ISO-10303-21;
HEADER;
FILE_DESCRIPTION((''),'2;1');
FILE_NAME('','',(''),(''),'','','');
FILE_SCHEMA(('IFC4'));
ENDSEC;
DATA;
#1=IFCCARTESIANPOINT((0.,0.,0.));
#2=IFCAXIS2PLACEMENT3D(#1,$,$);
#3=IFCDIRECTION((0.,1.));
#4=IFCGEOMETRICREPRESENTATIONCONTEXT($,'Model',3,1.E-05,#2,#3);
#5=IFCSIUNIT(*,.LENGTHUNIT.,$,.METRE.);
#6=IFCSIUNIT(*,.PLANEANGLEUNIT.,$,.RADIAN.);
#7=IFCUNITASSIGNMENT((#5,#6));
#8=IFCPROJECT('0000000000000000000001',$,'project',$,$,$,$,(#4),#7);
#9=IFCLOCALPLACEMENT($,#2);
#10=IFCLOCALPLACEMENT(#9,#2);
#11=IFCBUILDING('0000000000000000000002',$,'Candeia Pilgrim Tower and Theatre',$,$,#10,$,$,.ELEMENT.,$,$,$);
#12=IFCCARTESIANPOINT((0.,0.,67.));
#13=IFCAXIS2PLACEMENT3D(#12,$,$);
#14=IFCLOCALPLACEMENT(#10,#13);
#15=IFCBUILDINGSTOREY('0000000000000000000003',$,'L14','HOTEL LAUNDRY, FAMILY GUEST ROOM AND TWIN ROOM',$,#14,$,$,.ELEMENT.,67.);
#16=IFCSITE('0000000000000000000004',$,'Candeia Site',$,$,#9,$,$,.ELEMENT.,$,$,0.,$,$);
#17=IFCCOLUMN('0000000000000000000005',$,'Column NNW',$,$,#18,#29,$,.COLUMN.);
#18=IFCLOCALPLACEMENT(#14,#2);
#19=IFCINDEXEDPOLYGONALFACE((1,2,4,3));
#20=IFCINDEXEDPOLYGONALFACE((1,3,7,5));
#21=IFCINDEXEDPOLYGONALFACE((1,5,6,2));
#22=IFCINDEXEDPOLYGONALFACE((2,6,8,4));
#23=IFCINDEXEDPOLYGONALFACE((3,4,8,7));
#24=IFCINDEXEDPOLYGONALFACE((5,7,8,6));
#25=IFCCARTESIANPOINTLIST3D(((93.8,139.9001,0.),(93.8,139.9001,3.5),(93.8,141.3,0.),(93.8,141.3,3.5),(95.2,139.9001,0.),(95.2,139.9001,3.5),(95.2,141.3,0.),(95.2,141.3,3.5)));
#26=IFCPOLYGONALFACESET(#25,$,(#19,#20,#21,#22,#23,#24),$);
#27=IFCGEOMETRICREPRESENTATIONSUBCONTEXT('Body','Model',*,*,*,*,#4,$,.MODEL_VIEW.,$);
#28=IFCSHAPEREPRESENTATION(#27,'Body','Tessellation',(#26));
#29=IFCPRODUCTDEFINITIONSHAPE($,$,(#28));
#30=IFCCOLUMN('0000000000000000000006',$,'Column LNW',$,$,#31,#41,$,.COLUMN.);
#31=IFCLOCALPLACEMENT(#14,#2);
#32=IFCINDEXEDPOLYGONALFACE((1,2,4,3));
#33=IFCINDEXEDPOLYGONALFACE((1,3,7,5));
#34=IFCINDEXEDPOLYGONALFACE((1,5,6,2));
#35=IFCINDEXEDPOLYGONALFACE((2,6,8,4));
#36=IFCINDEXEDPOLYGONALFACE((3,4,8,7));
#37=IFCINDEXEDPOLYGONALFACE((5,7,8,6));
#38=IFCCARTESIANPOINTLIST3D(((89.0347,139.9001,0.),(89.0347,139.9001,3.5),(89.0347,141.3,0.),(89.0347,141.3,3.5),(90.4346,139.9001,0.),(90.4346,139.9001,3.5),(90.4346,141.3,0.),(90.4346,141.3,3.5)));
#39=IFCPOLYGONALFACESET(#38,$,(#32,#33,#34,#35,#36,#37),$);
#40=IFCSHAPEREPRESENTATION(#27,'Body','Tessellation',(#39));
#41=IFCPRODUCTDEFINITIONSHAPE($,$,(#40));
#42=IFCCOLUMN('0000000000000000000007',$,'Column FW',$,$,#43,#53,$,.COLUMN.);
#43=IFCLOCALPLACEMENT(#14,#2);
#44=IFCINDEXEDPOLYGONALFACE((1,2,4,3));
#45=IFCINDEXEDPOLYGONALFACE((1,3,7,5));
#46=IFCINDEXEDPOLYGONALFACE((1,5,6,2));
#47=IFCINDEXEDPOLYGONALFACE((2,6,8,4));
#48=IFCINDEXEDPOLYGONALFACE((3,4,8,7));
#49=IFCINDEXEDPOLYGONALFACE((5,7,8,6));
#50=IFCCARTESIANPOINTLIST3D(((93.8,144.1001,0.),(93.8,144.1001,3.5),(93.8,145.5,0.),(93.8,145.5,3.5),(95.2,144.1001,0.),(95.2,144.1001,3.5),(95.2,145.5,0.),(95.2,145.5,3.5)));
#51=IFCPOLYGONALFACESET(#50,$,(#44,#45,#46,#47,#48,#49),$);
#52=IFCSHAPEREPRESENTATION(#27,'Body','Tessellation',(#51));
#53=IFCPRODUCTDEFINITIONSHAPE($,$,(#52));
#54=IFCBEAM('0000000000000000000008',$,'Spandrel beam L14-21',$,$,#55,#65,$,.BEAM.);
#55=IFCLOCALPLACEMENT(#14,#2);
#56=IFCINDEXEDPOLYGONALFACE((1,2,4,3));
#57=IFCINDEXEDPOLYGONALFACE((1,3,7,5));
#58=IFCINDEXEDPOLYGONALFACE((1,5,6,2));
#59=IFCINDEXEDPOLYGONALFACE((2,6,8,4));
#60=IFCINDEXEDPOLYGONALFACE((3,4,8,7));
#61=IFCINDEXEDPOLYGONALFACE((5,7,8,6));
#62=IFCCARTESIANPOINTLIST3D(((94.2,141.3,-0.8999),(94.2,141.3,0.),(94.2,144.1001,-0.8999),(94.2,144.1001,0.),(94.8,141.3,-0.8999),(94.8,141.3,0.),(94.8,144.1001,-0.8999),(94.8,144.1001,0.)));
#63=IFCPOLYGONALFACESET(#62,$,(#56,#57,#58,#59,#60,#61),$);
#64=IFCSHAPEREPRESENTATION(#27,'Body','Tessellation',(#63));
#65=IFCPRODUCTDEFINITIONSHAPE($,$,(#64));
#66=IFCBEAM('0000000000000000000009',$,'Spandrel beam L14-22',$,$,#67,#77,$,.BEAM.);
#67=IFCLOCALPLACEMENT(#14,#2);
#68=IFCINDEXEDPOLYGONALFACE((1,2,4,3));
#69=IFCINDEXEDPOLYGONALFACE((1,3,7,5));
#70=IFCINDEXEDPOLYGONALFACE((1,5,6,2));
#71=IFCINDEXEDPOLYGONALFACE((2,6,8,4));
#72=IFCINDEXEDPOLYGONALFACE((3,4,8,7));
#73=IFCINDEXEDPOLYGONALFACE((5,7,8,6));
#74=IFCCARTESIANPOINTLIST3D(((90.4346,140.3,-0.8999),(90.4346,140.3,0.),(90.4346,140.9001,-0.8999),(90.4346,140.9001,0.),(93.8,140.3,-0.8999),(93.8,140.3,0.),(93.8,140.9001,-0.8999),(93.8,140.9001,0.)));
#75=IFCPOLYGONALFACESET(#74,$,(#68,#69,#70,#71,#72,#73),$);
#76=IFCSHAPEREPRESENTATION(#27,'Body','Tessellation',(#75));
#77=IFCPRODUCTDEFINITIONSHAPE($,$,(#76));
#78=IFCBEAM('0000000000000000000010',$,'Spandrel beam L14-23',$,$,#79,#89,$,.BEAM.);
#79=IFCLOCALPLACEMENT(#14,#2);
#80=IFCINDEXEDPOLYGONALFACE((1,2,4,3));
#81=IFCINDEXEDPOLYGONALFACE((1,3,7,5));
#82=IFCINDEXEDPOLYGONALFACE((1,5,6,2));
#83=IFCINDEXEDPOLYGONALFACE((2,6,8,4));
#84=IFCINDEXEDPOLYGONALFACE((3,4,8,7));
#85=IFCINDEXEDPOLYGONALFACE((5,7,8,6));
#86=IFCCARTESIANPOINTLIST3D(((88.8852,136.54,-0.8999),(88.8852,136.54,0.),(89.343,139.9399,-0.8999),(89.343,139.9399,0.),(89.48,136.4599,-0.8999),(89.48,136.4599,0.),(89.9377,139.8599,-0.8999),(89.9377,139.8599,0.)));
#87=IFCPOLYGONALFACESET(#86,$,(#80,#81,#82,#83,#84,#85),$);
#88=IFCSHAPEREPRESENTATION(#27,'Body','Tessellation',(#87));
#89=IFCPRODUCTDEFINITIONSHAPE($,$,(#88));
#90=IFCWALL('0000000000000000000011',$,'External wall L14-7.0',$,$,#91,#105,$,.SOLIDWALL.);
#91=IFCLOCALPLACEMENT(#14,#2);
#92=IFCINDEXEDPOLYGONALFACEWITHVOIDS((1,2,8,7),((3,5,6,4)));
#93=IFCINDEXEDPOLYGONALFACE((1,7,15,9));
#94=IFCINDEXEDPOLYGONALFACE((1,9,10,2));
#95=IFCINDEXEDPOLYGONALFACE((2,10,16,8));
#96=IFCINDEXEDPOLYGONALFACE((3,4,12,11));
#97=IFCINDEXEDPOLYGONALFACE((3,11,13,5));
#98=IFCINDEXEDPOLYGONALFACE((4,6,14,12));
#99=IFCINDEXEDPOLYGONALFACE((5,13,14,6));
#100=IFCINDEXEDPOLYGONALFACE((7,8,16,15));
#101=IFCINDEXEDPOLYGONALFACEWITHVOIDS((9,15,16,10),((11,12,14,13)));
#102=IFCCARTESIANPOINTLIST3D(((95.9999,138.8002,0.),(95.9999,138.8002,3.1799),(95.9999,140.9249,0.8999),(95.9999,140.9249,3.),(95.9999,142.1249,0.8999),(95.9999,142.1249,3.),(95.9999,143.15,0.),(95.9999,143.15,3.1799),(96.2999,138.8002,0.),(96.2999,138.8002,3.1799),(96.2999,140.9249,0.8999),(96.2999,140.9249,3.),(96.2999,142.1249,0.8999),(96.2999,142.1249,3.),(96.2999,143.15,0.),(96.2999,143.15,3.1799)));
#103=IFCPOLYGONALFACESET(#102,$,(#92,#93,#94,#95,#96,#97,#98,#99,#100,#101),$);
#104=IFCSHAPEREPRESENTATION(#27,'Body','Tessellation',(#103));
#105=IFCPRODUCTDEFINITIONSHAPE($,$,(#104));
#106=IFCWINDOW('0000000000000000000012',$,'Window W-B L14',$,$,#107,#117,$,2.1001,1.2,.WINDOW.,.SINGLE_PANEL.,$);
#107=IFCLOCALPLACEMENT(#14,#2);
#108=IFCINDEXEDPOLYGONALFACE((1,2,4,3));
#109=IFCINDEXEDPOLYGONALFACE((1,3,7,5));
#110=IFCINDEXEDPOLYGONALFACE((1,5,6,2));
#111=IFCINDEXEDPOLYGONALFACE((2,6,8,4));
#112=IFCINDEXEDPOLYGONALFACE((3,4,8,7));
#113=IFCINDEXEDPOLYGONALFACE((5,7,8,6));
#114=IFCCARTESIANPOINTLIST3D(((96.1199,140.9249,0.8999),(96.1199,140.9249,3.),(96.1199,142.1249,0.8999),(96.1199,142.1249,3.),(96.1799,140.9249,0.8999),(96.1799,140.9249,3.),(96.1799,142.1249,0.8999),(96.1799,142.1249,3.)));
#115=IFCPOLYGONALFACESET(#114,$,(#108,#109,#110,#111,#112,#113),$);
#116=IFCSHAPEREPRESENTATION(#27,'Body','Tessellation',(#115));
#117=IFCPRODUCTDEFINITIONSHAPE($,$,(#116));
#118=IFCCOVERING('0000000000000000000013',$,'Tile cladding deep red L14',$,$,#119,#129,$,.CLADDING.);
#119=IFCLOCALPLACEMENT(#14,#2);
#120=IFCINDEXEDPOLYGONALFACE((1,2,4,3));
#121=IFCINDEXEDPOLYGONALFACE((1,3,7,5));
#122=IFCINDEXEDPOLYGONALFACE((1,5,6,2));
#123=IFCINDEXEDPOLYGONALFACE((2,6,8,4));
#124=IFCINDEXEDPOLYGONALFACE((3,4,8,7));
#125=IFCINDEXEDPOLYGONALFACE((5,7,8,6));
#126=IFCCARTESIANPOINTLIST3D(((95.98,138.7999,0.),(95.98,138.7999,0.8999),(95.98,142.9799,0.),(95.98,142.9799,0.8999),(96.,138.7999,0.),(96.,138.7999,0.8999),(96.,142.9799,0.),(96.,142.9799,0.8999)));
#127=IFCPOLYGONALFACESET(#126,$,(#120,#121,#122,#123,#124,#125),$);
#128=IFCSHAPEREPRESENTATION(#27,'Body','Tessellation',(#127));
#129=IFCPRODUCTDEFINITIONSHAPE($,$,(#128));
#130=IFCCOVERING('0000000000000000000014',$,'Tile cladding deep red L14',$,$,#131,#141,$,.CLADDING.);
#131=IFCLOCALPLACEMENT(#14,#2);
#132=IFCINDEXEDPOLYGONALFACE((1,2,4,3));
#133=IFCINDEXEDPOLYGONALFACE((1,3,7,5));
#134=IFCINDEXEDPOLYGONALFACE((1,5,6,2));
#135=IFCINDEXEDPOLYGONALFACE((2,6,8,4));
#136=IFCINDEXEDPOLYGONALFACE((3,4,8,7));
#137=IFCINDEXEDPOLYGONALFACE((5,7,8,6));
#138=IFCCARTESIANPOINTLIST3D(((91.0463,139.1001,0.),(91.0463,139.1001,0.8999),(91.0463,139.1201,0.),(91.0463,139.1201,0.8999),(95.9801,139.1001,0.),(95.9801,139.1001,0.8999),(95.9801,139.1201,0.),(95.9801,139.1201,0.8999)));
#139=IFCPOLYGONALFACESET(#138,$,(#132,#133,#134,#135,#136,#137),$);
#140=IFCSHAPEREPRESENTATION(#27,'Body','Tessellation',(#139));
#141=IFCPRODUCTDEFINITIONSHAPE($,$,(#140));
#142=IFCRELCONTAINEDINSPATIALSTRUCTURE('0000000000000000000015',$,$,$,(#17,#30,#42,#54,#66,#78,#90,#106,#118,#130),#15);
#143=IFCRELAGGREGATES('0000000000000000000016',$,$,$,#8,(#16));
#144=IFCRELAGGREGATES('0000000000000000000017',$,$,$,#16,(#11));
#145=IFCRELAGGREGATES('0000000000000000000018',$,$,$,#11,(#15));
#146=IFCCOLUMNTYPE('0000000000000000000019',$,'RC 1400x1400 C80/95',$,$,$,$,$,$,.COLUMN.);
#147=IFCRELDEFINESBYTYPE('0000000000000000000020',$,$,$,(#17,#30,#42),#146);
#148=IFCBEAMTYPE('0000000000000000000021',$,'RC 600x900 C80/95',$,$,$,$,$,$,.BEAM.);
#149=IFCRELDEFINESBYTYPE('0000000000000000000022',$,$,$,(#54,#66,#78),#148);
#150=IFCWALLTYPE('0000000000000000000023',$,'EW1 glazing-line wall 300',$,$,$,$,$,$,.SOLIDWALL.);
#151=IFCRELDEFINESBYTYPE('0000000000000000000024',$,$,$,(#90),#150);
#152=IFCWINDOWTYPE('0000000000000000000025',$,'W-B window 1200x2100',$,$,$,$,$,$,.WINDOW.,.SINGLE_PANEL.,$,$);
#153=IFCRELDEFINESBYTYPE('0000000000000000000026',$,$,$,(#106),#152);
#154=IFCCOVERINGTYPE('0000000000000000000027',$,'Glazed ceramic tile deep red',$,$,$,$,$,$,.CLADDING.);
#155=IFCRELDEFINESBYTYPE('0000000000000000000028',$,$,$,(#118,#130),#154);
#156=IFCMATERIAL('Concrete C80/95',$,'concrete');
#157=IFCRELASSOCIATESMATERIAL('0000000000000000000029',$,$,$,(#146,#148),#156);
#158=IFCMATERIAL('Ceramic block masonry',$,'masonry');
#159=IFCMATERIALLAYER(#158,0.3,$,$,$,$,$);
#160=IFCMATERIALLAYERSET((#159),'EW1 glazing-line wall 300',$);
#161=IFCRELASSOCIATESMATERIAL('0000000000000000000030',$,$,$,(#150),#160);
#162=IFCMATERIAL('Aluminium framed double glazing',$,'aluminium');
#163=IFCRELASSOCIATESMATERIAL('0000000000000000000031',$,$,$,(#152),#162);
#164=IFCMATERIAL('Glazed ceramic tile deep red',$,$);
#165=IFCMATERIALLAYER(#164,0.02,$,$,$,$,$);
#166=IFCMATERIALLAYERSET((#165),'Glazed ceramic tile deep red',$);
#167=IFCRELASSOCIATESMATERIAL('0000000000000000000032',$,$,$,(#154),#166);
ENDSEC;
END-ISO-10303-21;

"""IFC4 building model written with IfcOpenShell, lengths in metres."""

from ifc_helpers import new_model, si_unit, direction, frame, frame_2d, origin, origin_2d, place, context, subcontext, project, spatial, rectangle, extrude, material, layer, layer_set, material_profile, profile_set, type_object, element, fill, save


model = new_model("IFC4")

# Units and contexts
model_context = context("Model", 3, precision=1e-05, world=origin(), true_north=direction((0.0, 1.0)))
body_context = subcontext(model_context, "Body", "Model", "MODEL_VIEW")
ifc_project = project(units=[si_unit("LENGTHUNIT", "METRE"), si_unit("PLANEANGLEUNIT", "RADIAN")], contexts=[model_context])

# Site, building, storey
site_placement = place(None, origin())
site = spatial("IfcSite", under=ifc_project, at=site_placement, Name="Candeia Site", CompositionType="ELEMENT", RefElevation=0.0)
building_placement = place(site_placement, origin())
building = spatial("IfcBuilding", under=site, at=building_placement, Name="Candeia Pilgrim Tower and Theatre", CompositionType="ELEMENT")
storey_placement = place(building_placement, frame((0.0, 0.0, 67.0)))
storey = spatial("IfcBuildingStorey", under=building, at=storey_placement, Name="L14", Description="HOTEL LAUNDRY, FAMILY GUEST ROOM AND TWIN ROOM", CompositionType="ELEMENT", Elevation=67.0)

# Columns
ifc_material_1 = material(Name="Concrete C80/95", Category="concrete")
ifc_material_profile_1 = material_profile(ifc_material_1, rectangle(XDim=1.3999, YDim=1.3999, at=origin_2d()))
ifc_profile_set_1 = profile_set([ifc_material_profile_1], Name="Concrete C80/95")
column_type = type_object("IfcColumnType", Name="RC 1400x1400 C80/95", PredefinedType="COLUMN", material=ifc_profile_set_1)
for number, where, z_axis, x_axis, name in (
    (1, (94.5, 140.6001, 0.0), (0.0, 0.0, 1.0), (1.0, 0.0, 0.0), "Column NNW"),
    (2, (89.7346, 140.6001, 0.0), (0.0, 0.0, 1.0), (1.0, 0.0, 0.0), "Column LNW"),
    (3, (94.5, 144.8, 0.0), (0.0, 0.0, 1.0), (1.0, 0.0, 0.0), "Column FW"),
):
    element("IfcColumn", number, at=place(storey_placement, frame(where, z_axis=z_axis, x_axis=x_axis)), inside=storey, type_object=column_type, Name=name, PredefinedType="COLUMN", context=body_context, shape_type="SweptSolid", body=[
        extrude(rectangle(XDim=1.3999, YDim=1.3999, at=origin_2d()), origin(), (0.0, 0.0, 1.0), 3.5),
    ])

# Beams
ifc_material_profile_2 = material_profile(ifc_material_1, rectangle(XDim=0.6001, YDim=0.8999, at=origin_2d()))
ifc_profile_set_2 = profile_set([ifc_material_profile_2], Name="Concrete C80/95")
beam_type = type_object("IfcBeamType", Name="RC 600x900 C80/95", PredefinedType="BEAM", material=ifc_profile_set_2)
beam_1_placement = place(storey_placement, frame((94.5, 144.1001, -0.45), z_axis=(0.0, -1.0, 0.0), x_axis=(1.0, 0.0, 0.0)))
element("IfcBeam", 4, at=beam_1_placement, inside=storey, type_object=beam_type, Name="Spandrel beam L14-21", PredefinedType="BEAM", context=body_context, shape_type="SweptSolid", body=[
    extrude(rectangle(XDim=0.6001, YDim=0.8999, at=origin_2d()), origin(), (0.0, 0.0, 1.0), 2.8),
])
beam_2_placement = place(storey_placement, frame((93.8, 140.6001, -0.45), z_axis=(-1.0, 0.0, 0.0), x_axis=(0.0, -1.0, 0.0)))
element("IfcBeam", 5, at=beam_2_placement, inside=storey, type_object=beam_type, Name="Spandrel beam L14-22", PredefinedType="BEAM", context=body_context, shape_type="SweptSolid", body=[
    extrude(rectangle(XDim=0.6001, YDim=0.8999, at=origin_2d()), origin(), (0.0, 0.0, 1.0), 3.3655),
])
beam_3_placement = place(storey_placement, frame((89.6404, 139.8999, -0.45), z_axis=(-0.133436, -0.991057, 0.0), x_axis=(0.991057, -0.133436, 0.0)))
element("IfcBeam", 6, at=beam_3_placement, inside=storey, type_object=beam_type, Name="Spandrel beam L14-23", PredefinedType="BEAM", context=body_context, shape_type="SweptSolid", body=[
    extrude(rectangle(XDim=0.6001, YDim=0.8999, at=origin_2d()), origin(), (0.0, 0.0, 1.0), 3.4307),
])

# Wall, opening, window
ifc_material_2 = material(Name="Ceramic block masonry", Category="masonry")
ifc_layer_1 = layer(ifc_material_2, 0.3)
ifc_layer_set_1 = layer_set([ifc_layer_1], Name="EW1 glazing-line wall 300")
wall_type = type_object("IfcWallType", Name="EW1 glazing-line wall 300", PredefinedType="SOLIDWALL", material=ifc_layer_set_1)
wall_placement = place(storey_placement, frame((96.1499, 143.1499, 0.0), z_axis=(0.0, 0.0, 1.0), x_axis=(0.0, -1.0, 0.0)))
wall = element("IfcWall", 7, at=wall_placement, inside=storey, type_object=wall_type, Name="External wall L14-7.0", PredefinedType="SOLIDWALL", context=body_context, shape_type="SweptSolid", body=[
    extrude(rectangle(XDim=4.3499, YDim=0.3, at=frame_2d((2.1748, 0.0))), origin(), (0.0, 0.0, 1.0), 3.1799),
])
opening_placement = place(wall_placement, frame((1.0249, 0.0, 0.8999)))
opening = element("IfcOpeningElement", 8, at=opening_placement, cuts=wall, PredefinedType="OPENING", context=body_context, shape_type="SweptSolid", body=[
    extrude(rectangle(XDim=1.2, YDim=2.1001, at=frame_2d((0.6001, 1.05))), frame((0.0, 0.1602, 0.0), z_axis=(0.0, -1.0, 0.0), x_axis=(1.0, 0.0, 0.0)), (0.0, 0.0, 1.0), 0.3201),
])
ifc_material_3 = material(Name="Aluminium framed double glazing", Category="aluminium")
window_type = type_object("IfcWindowType", Name="W-B window 1200x2100", PartitioningType="SINGLE_PANEL", PredefinedType="WINDOW", material=ifc_material_3)
window_placement = place(opening_placement, origin())
window = element("IfcWindow", 9, at=window_placement, inside=storey, type_object=window_type, Name="Window W-B L14", OverallHeight=2.1001, OverallWidth=1.2, PartitioningType="SINGLE_PANEL", PredefinedType="WINDOW", context=body_context, shape_type="SweptSolid", body=[
    extrude(rectangle(XDim=1.2, YDim=2.1001, at=frame_2d((0.6001, 1.05))), frame((0.0, 0.03, 0.0), z_axis=(0.0, -1.0, 0.0), x_axis=(1.0, 0.0, 0.0)), (0.0, 0.0, 1.0), 0.0601),
])
fill(opening, window)

# Coverings
ifc_material_4 = material(Name="Glazed ceramic tile deep red")
ifc_layer_2 = layer(ifc_material_4, 0.02)
ifc_layer_set_2 = layer_set([ifc_layer_2], Name="Glazed ceramic tile deep red")
covering_type = type_object("IfcCoveringType", Name="Glazed ceramic tile deep red", PredefinedType="CLADDING", material=ifc_layer_set_2)
covering_1_placement = place(storey_placement, frame((95.99, 140.8899, 0.0), z_axis=(0.0, 0.0, 1.0), x_axis=(0.0, -1.0, 0.0)))
element("IfcCovering", 10, at=covering_1_placement, inside=storey, type_object=covering_type, Name="Tile cladding deep red L14", PredefinedType="CLADDING", context=body_context, shape_type="SweptSolid", body=[
    extrude(rectangle(XDim=4.1799, YDim=0.02, at=origin_2d()), origin(), (0.0, 0.0, 1.0), 0.8999),
])
covering_2_placement = place(storey_placement, frame((93.5132, 139.1101, 0.0), z_axis=(0.0, 0.0, 1.0), x_axis=(-1.0, 0.0, 0.0)))
element("IfcCovering", 11, at=covering_2_placement, inside=storey, type_object=covering_type, Name="Tile cladding deep red L14", PredefinedType="CLADDING", context=body_context, shape_type="SweptSolid", body=[
    extrude(rectangle(XDim=4.9338, YDim=0.02, at=origin_2d()), origin(), (0.0, 0.0, 1.0), 0.8999),
])

save(model, "model.ifc")
